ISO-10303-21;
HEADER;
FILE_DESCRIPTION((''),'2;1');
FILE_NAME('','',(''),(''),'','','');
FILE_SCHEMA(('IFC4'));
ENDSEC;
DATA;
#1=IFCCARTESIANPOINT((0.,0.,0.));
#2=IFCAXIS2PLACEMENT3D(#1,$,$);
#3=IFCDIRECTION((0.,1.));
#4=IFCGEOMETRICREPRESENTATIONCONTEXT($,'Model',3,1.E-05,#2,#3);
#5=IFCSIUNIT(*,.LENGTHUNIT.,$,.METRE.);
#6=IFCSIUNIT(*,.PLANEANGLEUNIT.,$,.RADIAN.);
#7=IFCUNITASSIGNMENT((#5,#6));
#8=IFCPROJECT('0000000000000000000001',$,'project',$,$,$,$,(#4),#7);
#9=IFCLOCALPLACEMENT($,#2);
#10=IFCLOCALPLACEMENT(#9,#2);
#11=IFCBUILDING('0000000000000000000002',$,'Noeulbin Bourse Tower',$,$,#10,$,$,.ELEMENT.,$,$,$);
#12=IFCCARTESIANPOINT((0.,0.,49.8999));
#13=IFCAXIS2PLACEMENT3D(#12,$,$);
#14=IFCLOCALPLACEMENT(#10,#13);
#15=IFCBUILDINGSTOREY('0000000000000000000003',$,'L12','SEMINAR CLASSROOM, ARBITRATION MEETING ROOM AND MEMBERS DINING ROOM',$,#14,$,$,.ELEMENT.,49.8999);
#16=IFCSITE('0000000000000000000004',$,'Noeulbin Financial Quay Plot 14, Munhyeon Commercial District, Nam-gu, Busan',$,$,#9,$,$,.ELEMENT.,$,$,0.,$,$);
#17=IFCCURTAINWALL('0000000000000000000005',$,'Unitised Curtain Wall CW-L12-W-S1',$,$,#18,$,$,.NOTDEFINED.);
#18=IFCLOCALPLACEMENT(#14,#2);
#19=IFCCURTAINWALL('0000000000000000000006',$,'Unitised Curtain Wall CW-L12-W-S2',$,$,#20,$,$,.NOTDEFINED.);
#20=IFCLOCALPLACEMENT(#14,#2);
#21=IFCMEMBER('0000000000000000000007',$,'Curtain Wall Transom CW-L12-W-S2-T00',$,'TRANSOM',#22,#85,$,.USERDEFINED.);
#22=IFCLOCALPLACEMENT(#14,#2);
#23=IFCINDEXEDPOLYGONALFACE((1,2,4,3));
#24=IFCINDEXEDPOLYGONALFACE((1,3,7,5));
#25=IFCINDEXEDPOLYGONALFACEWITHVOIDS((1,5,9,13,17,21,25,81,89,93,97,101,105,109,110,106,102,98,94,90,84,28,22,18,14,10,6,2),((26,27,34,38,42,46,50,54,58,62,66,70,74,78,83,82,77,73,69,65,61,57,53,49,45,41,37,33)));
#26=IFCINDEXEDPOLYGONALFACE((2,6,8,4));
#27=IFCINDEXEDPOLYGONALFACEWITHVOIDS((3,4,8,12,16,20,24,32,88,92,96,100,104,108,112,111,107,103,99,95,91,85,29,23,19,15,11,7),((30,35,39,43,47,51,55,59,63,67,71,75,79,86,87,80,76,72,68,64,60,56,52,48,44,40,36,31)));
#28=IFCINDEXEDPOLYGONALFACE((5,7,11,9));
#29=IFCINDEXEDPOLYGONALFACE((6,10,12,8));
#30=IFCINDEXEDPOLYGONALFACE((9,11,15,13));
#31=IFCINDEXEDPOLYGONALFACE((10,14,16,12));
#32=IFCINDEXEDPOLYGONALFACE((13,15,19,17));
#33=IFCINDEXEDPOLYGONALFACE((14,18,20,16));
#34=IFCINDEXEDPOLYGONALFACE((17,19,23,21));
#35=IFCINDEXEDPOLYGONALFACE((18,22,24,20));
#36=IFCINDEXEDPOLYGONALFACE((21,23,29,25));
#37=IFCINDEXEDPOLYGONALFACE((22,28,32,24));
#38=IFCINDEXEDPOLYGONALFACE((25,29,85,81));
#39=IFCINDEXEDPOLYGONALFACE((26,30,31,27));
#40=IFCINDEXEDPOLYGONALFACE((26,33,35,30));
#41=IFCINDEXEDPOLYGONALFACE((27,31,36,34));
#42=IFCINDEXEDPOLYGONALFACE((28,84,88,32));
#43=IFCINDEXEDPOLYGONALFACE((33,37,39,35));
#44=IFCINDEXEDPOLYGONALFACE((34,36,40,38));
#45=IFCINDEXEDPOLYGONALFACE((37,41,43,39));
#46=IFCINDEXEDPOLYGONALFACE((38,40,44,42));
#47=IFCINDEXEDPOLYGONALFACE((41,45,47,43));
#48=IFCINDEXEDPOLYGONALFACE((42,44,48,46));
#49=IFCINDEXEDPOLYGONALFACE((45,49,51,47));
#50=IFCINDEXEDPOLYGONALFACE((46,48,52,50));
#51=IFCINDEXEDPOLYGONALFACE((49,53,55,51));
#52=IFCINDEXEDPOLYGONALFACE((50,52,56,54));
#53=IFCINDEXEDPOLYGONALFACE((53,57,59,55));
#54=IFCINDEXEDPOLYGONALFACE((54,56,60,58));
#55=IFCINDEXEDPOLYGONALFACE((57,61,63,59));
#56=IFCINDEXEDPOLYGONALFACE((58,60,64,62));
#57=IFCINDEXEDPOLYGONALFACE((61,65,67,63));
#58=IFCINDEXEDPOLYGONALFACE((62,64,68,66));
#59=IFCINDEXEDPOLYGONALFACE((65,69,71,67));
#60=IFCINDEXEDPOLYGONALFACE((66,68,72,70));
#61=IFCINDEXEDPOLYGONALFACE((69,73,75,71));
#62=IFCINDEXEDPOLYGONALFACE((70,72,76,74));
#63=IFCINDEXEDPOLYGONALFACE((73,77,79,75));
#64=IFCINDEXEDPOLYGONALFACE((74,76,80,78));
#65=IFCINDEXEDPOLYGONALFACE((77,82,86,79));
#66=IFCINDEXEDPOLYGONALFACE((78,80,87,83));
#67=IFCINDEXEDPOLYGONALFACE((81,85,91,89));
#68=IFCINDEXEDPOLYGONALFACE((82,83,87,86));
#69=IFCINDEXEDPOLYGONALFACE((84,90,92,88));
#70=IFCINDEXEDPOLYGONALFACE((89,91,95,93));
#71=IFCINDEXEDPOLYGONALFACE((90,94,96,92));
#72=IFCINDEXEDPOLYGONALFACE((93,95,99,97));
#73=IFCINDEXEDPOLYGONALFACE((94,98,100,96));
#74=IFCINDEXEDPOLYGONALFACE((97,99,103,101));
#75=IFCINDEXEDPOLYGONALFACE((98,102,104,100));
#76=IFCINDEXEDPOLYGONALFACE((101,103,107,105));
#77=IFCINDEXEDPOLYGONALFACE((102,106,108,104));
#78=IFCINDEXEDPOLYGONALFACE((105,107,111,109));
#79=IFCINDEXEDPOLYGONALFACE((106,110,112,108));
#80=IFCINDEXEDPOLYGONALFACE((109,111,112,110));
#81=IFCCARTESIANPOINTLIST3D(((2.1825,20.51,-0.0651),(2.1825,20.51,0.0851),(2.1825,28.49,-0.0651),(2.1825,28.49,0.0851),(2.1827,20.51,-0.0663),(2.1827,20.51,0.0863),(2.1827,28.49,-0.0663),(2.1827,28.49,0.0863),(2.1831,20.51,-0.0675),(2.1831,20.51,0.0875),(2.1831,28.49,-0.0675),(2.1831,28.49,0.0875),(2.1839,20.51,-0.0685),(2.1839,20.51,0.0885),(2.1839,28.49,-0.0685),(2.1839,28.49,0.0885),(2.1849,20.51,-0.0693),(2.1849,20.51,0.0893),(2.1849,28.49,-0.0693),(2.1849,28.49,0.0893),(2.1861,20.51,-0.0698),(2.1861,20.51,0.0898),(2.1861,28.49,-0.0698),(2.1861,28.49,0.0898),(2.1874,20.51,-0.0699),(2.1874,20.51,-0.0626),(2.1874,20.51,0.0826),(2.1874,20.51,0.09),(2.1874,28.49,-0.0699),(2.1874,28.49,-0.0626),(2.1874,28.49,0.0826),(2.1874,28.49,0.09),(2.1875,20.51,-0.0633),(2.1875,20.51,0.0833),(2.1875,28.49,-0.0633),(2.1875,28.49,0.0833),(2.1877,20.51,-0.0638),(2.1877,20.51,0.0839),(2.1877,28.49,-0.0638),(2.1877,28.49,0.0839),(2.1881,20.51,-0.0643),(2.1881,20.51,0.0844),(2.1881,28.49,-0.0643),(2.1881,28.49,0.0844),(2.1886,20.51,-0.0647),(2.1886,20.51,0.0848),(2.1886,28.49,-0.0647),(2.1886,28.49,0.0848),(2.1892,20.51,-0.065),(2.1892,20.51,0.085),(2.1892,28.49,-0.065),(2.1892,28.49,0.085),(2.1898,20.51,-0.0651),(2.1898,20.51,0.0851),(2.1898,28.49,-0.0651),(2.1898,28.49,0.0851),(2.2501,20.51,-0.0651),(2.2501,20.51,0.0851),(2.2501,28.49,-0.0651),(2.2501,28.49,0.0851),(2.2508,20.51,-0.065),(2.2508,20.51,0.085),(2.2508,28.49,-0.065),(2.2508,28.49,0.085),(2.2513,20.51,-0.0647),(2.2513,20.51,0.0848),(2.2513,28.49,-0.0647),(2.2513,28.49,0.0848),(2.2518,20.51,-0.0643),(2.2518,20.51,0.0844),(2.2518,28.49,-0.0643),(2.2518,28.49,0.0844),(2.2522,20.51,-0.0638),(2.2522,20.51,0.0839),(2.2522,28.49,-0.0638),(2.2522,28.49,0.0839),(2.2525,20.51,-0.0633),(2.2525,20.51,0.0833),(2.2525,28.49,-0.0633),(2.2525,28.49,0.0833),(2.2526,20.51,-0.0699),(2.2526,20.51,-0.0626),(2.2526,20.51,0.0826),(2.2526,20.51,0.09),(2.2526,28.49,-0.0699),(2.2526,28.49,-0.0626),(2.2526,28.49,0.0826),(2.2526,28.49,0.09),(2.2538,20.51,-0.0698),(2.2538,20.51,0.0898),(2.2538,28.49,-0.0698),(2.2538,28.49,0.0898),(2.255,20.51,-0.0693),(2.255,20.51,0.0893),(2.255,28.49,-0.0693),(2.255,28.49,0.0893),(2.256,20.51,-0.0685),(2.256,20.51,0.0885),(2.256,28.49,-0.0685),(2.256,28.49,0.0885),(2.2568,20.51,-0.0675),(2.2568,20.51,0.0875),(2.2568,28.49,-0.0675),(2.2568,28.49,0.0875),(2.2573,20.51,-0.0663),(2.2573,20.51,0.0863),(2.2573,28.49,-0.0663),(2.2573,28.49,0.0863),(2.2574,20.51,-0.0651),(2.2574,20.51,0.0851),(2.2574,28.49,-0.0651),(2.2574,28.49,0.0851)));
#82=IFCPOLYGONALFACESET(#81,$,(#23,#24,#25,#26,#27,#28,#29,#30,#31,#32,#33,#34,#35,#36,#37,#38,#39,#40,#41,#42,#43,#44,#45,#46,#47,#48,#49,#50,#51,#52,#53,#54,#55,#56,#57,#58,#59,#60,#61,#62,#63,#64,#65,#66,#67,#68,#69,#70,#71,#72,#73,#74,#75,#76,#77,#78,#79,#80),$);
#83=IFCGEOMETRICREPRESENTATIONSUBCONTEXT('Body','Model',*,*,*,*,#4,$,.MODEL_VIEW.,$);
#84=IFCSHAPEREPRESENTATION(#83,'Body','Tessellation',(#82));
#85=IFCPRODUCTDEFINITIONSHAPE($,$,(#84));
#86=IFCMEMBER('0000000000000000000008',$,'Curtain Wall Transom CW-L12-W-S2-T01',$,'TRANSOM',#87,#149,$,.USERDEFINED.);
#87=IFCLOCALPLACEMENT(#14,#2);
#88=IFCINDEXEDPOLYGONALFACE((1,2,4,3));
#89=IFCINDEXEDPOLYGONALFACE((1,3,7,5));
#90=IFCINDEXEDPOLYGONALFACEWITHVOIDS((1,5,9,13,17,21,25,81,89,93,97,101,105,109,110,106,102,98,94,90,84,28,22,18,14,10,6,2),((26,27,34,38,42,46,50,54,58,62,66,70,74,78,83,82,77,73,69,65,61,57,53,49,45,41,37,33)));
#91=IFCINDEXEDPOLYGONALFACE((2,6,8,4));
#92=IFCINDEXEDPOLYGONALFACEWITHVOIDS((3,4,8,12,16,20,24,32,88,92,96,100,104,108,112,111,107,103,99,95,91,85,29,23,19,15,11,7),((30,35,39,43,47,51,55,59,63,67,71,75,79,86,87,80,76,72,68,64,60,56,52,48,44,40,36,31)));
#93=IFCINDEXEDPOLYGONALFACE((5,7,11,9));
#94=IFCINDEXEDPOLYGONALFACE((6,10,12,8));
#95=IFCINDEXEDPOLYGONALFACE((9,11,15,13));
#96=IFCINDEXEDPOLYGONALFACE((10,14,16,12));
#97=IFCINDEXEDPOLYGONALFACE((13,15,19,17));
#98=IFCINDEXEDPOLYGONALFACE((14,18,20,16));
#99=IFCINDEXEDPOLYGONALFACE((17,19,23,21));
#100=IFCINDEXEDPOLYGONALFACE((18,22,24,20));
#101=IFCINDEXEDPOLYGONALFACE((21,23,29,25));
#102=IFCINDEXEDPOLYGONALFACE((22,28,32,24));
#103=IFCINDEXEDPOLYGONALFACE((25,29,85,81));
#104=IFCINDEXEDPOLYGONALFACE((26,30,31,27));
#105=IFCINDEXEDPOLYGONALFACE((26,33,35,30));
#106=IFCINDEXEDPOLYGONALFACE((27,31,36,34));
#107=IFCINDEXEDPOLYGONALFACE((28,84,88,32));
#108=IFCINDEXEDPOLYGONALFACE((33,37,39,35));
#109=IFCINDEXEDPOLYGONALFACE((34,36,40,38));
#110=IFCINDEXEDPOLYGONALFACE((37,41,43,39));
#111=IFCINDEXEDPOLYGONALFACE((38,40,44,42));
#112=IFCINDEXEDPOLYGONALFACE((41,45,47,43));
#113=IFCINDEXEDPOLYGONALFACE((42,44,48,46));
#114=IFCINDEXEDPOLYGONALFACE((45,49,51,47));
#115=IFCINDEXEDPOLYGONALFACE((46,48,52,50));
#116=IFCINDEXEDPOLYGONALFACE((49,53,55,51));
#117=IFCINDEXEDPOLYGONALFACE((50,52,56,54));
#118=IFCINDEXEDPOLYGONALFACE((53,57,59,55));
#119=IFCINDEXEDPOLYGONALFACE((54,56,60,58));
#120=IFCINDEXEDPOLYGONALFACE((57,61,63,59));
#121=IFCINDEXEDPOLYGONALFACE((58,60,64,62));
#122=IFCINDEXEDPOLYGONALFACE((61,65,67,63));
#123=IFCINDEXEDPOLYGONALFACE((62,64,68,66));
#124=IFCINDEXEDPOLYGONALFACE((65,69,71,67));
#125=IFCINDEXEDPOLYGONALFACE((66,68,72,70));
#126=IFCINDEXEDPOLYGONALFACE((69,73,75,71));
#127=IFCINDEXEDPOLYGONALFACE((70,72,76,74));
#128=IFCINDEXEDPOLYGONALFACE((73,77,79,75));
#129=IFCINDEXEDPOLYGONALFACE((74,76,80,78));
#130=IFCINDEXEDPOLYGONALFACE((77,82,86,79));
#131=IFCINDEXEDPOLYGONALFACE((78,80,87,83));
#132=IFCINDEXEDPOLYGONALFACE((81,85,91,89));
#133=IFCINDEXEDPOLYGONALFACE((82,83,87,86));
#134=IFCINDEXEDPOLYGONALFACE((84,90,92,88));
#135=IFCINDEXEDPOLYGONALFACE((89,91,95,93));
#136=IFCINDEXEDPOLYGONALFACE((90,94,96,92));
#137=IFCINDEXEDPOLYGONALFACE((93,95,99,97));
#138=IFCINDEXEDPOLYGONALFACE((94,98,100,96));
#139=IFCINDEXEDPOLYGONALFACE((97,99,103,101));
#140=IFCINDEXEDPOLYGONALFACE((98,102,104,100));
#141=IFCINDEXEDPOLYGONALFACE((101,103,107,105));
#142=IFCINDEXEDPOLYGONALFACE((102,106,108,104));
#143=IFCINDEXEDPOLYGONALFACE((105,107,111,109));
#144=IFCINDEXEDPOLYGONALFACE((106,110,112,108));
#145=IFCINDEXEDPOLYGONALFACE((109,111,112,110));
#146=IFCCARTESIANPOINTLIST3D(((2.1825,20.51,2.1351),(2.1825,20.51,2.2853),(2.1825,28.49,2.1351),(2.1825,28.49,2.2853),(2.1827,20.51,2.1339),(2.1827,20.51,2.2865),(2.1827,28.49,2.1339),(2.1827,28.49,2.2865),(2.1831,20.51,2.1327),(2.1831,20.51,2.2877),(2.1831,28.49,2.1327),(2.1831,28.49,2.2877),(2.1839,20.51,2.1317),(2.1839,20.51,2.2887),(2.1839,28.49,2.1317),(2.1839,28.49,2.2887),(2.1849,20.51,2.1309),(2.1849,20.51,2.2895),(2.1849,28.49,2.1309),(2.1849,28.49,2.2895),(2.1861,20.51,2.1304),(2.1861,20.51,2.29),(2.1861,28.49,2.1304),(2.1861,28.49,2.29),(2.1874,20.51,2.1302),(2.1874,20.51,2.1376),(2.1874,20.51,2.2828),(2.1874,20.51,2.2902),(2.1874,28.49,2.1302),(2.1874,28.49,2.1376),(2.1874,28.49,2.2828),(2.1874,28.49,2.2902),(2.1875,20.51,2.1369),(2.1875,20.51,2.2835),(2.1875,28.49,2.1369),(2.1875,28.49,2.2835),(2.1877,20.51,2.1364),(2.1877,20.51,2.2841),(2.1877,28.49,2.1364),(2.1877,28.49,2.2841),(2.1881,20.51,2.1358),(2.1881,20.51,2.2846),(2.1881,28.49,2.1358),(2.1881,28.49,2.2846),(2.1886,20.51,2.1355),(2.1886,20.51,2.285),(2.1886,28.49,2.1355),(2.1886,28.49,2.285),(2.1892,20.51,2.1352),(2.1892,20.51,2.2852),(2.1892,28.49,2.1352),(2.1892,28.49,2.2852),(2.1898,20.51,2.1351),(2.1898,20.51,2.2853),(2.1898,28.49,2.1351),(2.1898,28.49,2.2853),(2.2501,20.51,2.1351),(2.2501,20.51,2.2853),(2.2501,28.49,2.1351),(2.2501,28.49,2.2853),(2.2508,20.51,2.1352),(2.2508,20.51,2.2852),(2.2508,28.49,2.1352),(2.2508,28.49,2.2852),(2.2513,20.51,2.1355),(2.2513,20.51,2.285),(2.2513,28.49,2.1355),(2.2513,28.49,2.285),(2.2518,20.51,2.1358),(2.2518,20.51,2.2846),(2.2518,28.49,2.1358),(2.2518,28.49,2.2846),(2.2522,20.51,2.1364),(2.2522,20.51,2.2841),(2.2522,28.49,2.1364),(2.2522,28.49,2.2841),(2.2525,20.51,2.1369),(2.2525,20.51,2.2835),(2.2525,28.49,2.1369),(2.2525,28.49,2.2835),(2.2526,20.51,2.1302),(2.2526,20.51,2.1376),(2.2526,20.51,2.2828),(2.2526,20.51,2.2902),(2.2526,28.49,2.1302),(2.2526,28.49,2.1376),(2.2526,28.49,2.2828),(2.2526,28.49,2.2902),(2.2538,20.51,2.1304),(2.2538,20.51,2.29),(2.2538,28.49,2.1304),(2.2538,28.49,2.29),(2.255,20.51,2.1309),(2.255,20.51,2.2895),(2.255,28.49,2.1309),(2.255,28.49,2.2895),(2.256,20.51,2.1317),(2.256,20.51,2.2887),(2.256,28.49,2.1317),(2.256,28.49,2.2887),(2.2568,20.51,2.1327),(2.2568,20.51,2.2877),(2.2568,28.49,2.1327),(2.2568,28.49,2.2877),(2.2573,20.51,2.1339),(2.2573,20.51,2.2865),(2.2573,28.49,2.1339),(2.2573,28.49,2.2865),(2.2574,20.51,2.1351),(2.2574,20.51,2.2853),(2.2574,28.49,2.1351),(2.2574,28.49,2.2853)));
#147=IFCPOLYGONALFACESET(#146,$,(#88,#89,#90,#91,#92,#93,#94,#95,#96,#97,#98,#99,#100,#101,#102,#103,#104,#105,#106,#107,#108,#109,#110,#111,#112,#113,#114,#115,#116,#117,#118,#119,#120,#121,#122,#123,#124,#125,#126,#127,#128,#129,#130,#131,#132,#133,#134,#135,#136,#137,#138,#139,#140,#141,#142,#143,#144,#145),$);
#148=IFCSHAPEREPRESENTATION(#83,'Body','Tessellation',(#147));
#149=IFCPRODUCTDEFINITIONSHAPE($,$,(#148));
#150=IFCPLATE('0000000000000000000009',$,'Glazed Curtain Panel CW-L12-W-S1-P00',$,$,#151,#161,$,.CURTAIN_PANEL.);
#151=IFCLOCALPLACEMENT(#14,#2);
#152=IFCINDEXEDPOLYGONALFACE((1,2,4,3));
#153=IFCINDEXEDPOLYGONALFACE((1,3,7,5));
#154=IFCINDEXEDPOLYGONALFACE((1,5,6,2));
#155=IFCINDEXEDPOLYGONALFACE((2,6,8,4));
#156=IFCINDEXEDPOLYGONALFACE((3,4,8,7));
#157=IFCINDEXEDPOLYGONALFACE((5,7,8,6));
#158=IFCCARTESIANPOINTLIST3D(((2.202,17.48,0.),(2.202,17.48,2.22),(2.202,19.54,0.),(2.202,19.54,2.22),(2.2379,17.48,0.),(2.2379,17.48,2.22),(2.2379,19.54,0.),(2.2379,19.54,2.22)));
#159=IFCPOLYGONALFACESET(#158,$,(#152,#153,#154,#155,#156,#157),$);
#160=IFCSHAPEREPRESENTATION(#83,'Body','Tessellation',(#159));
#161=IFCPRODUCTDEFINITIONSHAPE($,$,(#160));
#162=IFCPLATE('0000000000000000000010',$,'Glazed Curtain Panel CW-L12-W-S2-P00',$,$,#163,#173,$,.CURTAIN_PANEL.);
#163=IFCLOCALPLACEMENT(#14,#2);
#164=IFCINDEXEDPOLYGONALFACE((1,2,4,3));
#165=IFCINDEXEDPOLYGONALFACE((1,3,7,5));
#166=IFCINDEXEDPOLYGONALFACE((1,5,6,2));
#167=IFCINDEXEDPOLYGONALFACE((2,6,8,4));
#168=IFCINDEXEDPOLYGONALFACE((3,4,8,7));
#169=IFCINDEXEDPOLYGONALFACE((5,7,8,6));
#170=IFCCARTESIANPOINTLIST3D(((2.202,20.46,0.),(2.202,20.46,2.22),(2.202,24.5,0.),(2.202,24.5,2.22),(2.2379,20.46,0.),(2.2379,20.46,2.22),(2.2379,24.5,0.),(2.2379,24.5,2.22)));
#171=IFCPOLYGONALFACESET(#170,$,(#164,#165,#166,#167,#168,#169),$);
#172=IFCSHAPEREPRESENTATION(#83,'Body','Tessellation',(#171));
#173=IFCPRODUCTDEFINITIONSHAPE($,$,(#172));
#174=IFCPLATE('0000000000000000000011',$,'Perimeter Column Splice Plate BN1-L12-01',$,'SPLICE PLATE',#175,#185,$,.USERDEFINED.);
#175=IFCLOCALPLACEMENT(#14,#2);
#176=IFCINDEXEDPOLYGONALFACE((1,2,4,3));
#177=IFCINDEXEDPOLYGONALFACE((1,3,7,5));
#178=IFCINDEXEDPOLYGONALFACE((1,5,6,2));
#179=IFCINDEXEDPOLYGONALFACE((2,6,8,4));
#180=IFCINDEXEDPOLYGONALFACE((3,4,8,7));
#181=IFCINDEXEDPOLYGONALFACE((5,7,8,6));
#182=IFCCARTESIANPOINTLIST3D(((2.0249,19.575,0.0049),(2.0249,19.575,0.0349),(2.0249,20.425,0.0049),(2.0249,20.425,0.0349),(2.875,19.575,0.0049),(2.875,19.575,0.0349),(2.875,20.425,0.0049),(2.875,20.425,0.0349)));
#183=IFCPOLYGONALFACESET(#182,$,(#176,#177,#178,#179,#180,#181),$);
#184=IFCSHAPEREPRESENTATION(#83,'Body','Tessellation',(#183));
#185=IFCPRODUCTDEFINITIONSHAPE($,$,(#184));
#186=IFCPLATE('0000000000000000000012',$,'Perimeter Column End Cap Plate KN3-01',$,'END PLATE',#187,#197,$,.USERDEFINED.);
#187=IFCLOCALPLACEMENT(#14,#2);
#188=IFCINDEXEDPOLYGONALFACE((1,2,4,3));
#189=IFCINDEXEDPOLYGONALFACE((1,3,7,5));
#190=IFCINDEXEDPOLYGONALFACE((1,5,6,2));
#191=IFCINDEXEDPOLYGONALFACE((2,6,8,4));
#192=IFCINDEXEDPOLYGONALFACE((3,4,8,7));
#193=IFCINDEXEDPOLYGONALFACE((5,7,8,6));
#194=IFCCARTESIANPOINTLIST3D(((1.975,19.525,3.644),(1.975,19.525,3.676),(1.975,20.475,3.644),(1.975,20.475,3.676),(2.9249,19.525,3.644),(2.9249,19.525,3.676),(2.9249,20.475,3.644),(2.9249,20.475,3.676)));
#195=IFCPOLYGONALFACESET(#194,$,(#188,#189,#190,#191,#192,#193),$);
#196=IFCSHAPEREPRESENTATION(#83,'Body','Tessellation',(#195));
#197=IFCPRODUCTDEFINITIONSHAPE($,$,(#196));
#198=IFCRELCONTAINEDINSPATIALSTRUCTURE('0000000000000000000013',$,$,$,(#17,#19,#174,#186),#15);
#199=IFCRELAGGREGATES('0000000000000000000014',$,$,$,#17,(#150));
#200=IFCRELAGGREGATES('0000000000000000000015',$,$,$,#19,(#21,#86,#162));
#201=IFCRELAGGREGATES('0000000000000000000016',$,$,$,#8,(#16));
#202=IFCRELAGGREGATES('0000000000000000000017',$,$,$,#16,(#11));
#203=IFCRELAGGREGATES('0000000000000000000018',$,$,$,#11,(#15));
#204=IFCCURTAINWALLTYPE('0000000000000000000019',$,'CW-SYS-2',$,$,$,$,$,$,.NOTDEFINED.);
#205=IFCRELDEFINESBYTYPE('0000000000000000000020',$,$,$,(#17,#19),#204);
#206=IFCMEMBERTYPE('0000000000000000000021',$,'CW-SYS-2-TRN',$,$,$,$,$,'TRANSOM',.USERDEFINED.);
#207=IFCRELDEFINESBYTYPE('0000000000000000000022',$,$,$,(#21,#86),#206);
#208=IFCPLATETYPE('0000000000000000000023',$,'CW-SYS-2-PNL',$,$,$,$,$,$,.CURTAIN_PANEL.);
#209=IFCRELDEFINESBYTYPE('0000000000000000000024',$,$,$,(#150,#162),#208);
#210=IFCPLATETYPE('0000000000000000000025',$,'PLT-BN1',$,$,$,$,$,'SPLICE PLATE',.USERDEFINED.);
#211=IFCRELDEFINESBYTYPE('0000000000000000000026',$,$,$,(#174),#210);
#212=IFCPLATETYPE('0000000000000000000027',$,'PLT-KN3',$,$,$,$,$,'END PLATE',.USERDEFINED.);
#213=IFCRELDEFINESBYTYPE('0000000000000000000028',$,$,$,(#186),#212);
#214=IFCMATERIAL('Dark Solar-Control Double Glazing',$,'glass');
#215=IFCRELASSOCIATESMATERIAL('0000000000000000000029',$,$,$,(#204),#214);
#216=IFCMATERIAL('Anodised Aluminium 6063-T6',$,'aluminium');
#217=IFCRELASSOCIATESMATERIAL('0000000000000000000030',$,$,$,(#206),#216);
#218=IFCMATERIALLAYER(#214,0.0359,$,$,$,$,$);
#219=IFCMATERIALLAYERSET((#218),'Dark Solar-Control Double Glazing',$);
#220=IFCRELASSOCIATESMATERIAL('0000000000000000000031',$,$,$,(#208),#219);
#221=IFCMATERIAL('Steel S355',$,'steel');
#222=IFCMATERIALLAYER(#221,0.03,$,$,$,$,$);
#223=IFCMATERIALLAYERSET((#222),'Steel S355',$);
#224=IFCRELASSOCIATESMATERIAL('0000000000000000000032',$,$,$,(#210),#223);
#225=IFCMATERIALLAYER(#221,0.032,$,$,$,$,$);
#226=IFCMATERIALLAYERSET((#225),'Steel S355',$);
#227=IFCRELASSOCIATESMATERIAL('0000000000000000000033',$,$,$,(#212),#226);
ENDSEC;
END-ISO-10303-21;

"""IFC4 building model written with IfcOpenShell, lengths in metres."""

from ifc_helpers import new_model, si_unit, direction, frame, origin, origin_2d, place, context, subcontext, project, spatial, rectangle, hollow_rectangle, extrude, material, layer, layer_set, material_profile, profile_set, type_object, element, aggregate, save


model = new_model("IFC4")

# Units and contexts
model_context = context("Model", 3, precision=1e-05, world=origin(), true_north=direction((0.0, 1.0)))
body_context = subcontext(model_context, "Body", "Model", "MODEL_VIEW")
ifc_project = project(units=[si_unit("LENGTHUNIT", "METRE"), si_unit("PLANEANGLEUNIT", "RADIAN")], contexts=[model_context])

# Site, building, storey
site_placement = place(None, origin())
site = spatial("IfcSite", under=ifc_project, at=site_placement, Name="Noeulbin Financial Quay Plot 14, Munhyeon Commercial District, Nam-gu, Busan", CompositionType="ELEMENT", RefElevation=0.0)
building_placement = place(site_placement, origin())
building = spatial("IfcBuilding", under=site, at=building_placement, Name="Noeulbin Bourse Tower", CompositionType="ELEMENT")
storey_placement = place(building_placement, frame((0.0, 0.0, 49.8999)))
storey = spatial("IfcBuildingStorey", under=building, at=storey_placement, Name="L12", Description="SEMINAR CLASSROOM, ARBITRATION MEETING ROOM AND MEMBERS DINING ROOM", CompositionType="ELEMENT", Elevation=49.8999)

# Shared definitions
ifc_material_1 = material(Name="Steel S355", Category="steel")

# Curtain wall
ifc_material_2 = material(Name="Dark Solar-Control Double Glazing", Category="glass")
curtain_wall_type = type_object("IfcCurtainWallType", Name="CW-SYS-2", PredefinedType="NOTDEFINED", material=ifc_material_2)
curtain_wall_1_placement = place(storey_placement, origin())
curtain_wall_1 = element("IfcCurtainWall", 1, at=curtain_wall_1_placement, inside=storey, type_object=curtain_wall_type, Name="Unitised Curtain Wall CW-L12-W-S1", PredefinedType="NOTDEFINED")
ifc_material_3 = material(Name="Anodised Aluminium 6063-T6", Category="aluminium")

# Curtain wall
curtain_wall_2_placement = place(storey_placement, origin())
curtain_wall_2 = element("IfcCurtainWall", 2, at=curtain_wall_2_placement, inside=storey, type_object=curtain_wall_type, Name="Unitised Curtain Wall CW-L12-W-S2", PredefinedType="NOTDEFINED")

# Members
ifc_material_profile_1 = material_profile(ifc_material_3, hollow_rectangle(XDim=0.075, YDim=0.1599, WallThickness=0.0049, InnerFilletRadius=0.0024, OuterFilletRadius=0.0049, at=origin_2d()), Name="ALU-TRAN-75x160x5", Category="LoadBearing")
ifc_profile_set_1 = profile_set([ifc_material_profile_1], Name="Anodised Aluminium 6063-T6")
member_type_1 = type_object("IfcMemberType", Name="CW-SYS-2-TRN", ElementType="TRANSOM", PredefinedType="USERDEFINED", material=ifc_profile_set_1)
member_1_placement = place(storey_placement, frame((2.22, 20.51, 0.01), z_axis=(0.0, 1.0, 0.0), x_axis=(-1.0, 0.0, 0.0)))
member_1 = element("IfcMember", 3, at=member_1_placement, type_object=member_type_1, Name="Curtain Wall Transom CW-L12-W-S2-T00", ObjectType="TRANSOM", PredefinedType="USERDEFINED", context=body_context, shape_type="SweptSolid", body=[
    extrude(hollow_rectangle(XDim=0.075, YDim=0.1599, WallThickness=0.0049, InnerFilletRadius=0.0024, OuterFilletRadius=0.0049, at=origin_2d()), origin(), (0.0, 0.0, 1.0), 7.98),
])
member_2_placement = place(storey_placement, frame((2.22, 20.51, 2.2102), z_axis=(0.0, 1.0, 0.0), x_axis=(-1.0, 0.0, 0.0)))
member_2 = element("IfcMember", 4, at=member_2_placement, type_object=member_type_1, Name="Curtain Wall Transom CW-L12-W-S2-T01", ObjectType="TRANSOM", PredefinedType="USERDEFINED", context=body_context, shape_type="SweptSolid", body=[
    extrude(hollow_rectangle(XDim=0.075, YDim=0.1599, WallThickness=0.0049, InnerFilletRadius=0.0024, OuterFilletRadius=0.0049, at=origin_2d()), origin(), (0.0, 0.0, 1.0), 7.98),
])

# Plates
ifc_layer_1 = layer(ifc_material_2, 0.0359)
ifc_layer_set_1 = layer_set([ifc_layer_1], Name="Dark Solar-Control Double Glazing")
plate_type_1 = type_object("IfcPlateType", Name="CW-SYS-2-PNL", PredefinedType="CURTAIN_PANEL", material=ifc_layer_set_1)
plate_1_placement = place(storey_placement, frame((2.22, 18.51, 0.0), z_axis=(0.0, 0.0, 1.0), x_axis=(0.0, 1.0, 0.0)))
plate_1 = element("IfcPlate", 5, at=plate_1_placement, type_object=plate_type_1, Name="Glazed Curtain Panel CW-L12-W-S1-P00", PredefinedType="CURTAIN_PANEL", context=body_context, shape_type="SweptSolid", body=[
    extrude(rectangle(XDim=2.0601, YDim=0.0359, at=origin_2d()), origin(), (0.0, 0.0, 1.0), 2.22),
])
aggregate(curtain_wall_1, [plate_1])
plate_2_placement = place(storey_placement, frame((2.22, 22.48, 0.0), z_axis=(0.0, 0.0, 1.0), x_axis=(0.0, 1.0, 0.0)))
plate_2 = element("IfcPlate", 6, at=plate_2_placement, type_object=plate_type_1, Name="Glazed Curtain Panel CW-L12-W-S2-P00", PredefinedType="CURTAIN_PANEL", context=body_context, shape_type="SweptSolid", body=[
    extrude(rectangle(XDim=4.04, YDim=0.0359, at=origin_2d()), origin(), (0.0, 0.0, 1.0), 2.22),
])
aggregate(curtain_wall_2, [member_1, member_2, plate_2])

# Plates
ifc_layer_2 = layer(ifc_material_1, 0.03)
ifc_layer_set_2 = layer_set([ifc_layer_2], Name="Steel S355")
plate_type_2 = type_object("IfcPlateType", Name="PLT-BN1", ElementType="SPLICE PLATE", PredefinedType="USERDEFINED", material=ifc_layer_set_2)
plate_3_placement = place(storey_placement, frame((2.45, 20.0, 0.0049), z_axis=(0.0, 0.0, 1.0), x_axis=(1.0, 0.0, 0.0)))
element("IfcPlate", 7, at=plate_3_placement, inside=storey, type_object=plate_type_2, Name="Perimeter Column Splice Plate BN1-L12-01", ObjectType="SPLICE PLATE", PredefinedType="USERDEFINED", context=body_context, shape_type="SweptSolid", body=[
    extrude(rectangle(XDim=0.8501, YDim=0.8501, at=origin_2d()), origin(), (0.0, 0.0, 1.0), 0.03),
])
ifc_layer_3 = layer(ifc_material_1, 0.032)
ifc_layer_set_3 = layer_set([ifc_layer_3], Name="Steel S355")
plate_type_3 = type_object("IfcPlateType", Name="PLT-KN3", ElementType="END PLATE", PredefinedType="USERDEFINED", material=ifc_layer_set_3)
plate_4_placement = place(storey_placement, frame((2.45, 20.0, 3.644), z_axis=(0.0, 0.0, 1.0), x_axis=(1.0, 0.0, 0.0)))
element("IfcPlate", 8, at=plate_4_placement, inside=storey, type_object=plate_type_3, Name="Perimeter Column End Cap Plate KN3-01", ObjectType="END PLATE", PredefinedType="USERDEFINED", context=body_context, shape_type="SweptSolid", body=[
    extrude(rectangle(XDim=0.95, YDim=0.95, at=origin_2d()), origin(), (0.0, 0.0, 1.0), 0.032),
])

save(model, "model.ifc")
